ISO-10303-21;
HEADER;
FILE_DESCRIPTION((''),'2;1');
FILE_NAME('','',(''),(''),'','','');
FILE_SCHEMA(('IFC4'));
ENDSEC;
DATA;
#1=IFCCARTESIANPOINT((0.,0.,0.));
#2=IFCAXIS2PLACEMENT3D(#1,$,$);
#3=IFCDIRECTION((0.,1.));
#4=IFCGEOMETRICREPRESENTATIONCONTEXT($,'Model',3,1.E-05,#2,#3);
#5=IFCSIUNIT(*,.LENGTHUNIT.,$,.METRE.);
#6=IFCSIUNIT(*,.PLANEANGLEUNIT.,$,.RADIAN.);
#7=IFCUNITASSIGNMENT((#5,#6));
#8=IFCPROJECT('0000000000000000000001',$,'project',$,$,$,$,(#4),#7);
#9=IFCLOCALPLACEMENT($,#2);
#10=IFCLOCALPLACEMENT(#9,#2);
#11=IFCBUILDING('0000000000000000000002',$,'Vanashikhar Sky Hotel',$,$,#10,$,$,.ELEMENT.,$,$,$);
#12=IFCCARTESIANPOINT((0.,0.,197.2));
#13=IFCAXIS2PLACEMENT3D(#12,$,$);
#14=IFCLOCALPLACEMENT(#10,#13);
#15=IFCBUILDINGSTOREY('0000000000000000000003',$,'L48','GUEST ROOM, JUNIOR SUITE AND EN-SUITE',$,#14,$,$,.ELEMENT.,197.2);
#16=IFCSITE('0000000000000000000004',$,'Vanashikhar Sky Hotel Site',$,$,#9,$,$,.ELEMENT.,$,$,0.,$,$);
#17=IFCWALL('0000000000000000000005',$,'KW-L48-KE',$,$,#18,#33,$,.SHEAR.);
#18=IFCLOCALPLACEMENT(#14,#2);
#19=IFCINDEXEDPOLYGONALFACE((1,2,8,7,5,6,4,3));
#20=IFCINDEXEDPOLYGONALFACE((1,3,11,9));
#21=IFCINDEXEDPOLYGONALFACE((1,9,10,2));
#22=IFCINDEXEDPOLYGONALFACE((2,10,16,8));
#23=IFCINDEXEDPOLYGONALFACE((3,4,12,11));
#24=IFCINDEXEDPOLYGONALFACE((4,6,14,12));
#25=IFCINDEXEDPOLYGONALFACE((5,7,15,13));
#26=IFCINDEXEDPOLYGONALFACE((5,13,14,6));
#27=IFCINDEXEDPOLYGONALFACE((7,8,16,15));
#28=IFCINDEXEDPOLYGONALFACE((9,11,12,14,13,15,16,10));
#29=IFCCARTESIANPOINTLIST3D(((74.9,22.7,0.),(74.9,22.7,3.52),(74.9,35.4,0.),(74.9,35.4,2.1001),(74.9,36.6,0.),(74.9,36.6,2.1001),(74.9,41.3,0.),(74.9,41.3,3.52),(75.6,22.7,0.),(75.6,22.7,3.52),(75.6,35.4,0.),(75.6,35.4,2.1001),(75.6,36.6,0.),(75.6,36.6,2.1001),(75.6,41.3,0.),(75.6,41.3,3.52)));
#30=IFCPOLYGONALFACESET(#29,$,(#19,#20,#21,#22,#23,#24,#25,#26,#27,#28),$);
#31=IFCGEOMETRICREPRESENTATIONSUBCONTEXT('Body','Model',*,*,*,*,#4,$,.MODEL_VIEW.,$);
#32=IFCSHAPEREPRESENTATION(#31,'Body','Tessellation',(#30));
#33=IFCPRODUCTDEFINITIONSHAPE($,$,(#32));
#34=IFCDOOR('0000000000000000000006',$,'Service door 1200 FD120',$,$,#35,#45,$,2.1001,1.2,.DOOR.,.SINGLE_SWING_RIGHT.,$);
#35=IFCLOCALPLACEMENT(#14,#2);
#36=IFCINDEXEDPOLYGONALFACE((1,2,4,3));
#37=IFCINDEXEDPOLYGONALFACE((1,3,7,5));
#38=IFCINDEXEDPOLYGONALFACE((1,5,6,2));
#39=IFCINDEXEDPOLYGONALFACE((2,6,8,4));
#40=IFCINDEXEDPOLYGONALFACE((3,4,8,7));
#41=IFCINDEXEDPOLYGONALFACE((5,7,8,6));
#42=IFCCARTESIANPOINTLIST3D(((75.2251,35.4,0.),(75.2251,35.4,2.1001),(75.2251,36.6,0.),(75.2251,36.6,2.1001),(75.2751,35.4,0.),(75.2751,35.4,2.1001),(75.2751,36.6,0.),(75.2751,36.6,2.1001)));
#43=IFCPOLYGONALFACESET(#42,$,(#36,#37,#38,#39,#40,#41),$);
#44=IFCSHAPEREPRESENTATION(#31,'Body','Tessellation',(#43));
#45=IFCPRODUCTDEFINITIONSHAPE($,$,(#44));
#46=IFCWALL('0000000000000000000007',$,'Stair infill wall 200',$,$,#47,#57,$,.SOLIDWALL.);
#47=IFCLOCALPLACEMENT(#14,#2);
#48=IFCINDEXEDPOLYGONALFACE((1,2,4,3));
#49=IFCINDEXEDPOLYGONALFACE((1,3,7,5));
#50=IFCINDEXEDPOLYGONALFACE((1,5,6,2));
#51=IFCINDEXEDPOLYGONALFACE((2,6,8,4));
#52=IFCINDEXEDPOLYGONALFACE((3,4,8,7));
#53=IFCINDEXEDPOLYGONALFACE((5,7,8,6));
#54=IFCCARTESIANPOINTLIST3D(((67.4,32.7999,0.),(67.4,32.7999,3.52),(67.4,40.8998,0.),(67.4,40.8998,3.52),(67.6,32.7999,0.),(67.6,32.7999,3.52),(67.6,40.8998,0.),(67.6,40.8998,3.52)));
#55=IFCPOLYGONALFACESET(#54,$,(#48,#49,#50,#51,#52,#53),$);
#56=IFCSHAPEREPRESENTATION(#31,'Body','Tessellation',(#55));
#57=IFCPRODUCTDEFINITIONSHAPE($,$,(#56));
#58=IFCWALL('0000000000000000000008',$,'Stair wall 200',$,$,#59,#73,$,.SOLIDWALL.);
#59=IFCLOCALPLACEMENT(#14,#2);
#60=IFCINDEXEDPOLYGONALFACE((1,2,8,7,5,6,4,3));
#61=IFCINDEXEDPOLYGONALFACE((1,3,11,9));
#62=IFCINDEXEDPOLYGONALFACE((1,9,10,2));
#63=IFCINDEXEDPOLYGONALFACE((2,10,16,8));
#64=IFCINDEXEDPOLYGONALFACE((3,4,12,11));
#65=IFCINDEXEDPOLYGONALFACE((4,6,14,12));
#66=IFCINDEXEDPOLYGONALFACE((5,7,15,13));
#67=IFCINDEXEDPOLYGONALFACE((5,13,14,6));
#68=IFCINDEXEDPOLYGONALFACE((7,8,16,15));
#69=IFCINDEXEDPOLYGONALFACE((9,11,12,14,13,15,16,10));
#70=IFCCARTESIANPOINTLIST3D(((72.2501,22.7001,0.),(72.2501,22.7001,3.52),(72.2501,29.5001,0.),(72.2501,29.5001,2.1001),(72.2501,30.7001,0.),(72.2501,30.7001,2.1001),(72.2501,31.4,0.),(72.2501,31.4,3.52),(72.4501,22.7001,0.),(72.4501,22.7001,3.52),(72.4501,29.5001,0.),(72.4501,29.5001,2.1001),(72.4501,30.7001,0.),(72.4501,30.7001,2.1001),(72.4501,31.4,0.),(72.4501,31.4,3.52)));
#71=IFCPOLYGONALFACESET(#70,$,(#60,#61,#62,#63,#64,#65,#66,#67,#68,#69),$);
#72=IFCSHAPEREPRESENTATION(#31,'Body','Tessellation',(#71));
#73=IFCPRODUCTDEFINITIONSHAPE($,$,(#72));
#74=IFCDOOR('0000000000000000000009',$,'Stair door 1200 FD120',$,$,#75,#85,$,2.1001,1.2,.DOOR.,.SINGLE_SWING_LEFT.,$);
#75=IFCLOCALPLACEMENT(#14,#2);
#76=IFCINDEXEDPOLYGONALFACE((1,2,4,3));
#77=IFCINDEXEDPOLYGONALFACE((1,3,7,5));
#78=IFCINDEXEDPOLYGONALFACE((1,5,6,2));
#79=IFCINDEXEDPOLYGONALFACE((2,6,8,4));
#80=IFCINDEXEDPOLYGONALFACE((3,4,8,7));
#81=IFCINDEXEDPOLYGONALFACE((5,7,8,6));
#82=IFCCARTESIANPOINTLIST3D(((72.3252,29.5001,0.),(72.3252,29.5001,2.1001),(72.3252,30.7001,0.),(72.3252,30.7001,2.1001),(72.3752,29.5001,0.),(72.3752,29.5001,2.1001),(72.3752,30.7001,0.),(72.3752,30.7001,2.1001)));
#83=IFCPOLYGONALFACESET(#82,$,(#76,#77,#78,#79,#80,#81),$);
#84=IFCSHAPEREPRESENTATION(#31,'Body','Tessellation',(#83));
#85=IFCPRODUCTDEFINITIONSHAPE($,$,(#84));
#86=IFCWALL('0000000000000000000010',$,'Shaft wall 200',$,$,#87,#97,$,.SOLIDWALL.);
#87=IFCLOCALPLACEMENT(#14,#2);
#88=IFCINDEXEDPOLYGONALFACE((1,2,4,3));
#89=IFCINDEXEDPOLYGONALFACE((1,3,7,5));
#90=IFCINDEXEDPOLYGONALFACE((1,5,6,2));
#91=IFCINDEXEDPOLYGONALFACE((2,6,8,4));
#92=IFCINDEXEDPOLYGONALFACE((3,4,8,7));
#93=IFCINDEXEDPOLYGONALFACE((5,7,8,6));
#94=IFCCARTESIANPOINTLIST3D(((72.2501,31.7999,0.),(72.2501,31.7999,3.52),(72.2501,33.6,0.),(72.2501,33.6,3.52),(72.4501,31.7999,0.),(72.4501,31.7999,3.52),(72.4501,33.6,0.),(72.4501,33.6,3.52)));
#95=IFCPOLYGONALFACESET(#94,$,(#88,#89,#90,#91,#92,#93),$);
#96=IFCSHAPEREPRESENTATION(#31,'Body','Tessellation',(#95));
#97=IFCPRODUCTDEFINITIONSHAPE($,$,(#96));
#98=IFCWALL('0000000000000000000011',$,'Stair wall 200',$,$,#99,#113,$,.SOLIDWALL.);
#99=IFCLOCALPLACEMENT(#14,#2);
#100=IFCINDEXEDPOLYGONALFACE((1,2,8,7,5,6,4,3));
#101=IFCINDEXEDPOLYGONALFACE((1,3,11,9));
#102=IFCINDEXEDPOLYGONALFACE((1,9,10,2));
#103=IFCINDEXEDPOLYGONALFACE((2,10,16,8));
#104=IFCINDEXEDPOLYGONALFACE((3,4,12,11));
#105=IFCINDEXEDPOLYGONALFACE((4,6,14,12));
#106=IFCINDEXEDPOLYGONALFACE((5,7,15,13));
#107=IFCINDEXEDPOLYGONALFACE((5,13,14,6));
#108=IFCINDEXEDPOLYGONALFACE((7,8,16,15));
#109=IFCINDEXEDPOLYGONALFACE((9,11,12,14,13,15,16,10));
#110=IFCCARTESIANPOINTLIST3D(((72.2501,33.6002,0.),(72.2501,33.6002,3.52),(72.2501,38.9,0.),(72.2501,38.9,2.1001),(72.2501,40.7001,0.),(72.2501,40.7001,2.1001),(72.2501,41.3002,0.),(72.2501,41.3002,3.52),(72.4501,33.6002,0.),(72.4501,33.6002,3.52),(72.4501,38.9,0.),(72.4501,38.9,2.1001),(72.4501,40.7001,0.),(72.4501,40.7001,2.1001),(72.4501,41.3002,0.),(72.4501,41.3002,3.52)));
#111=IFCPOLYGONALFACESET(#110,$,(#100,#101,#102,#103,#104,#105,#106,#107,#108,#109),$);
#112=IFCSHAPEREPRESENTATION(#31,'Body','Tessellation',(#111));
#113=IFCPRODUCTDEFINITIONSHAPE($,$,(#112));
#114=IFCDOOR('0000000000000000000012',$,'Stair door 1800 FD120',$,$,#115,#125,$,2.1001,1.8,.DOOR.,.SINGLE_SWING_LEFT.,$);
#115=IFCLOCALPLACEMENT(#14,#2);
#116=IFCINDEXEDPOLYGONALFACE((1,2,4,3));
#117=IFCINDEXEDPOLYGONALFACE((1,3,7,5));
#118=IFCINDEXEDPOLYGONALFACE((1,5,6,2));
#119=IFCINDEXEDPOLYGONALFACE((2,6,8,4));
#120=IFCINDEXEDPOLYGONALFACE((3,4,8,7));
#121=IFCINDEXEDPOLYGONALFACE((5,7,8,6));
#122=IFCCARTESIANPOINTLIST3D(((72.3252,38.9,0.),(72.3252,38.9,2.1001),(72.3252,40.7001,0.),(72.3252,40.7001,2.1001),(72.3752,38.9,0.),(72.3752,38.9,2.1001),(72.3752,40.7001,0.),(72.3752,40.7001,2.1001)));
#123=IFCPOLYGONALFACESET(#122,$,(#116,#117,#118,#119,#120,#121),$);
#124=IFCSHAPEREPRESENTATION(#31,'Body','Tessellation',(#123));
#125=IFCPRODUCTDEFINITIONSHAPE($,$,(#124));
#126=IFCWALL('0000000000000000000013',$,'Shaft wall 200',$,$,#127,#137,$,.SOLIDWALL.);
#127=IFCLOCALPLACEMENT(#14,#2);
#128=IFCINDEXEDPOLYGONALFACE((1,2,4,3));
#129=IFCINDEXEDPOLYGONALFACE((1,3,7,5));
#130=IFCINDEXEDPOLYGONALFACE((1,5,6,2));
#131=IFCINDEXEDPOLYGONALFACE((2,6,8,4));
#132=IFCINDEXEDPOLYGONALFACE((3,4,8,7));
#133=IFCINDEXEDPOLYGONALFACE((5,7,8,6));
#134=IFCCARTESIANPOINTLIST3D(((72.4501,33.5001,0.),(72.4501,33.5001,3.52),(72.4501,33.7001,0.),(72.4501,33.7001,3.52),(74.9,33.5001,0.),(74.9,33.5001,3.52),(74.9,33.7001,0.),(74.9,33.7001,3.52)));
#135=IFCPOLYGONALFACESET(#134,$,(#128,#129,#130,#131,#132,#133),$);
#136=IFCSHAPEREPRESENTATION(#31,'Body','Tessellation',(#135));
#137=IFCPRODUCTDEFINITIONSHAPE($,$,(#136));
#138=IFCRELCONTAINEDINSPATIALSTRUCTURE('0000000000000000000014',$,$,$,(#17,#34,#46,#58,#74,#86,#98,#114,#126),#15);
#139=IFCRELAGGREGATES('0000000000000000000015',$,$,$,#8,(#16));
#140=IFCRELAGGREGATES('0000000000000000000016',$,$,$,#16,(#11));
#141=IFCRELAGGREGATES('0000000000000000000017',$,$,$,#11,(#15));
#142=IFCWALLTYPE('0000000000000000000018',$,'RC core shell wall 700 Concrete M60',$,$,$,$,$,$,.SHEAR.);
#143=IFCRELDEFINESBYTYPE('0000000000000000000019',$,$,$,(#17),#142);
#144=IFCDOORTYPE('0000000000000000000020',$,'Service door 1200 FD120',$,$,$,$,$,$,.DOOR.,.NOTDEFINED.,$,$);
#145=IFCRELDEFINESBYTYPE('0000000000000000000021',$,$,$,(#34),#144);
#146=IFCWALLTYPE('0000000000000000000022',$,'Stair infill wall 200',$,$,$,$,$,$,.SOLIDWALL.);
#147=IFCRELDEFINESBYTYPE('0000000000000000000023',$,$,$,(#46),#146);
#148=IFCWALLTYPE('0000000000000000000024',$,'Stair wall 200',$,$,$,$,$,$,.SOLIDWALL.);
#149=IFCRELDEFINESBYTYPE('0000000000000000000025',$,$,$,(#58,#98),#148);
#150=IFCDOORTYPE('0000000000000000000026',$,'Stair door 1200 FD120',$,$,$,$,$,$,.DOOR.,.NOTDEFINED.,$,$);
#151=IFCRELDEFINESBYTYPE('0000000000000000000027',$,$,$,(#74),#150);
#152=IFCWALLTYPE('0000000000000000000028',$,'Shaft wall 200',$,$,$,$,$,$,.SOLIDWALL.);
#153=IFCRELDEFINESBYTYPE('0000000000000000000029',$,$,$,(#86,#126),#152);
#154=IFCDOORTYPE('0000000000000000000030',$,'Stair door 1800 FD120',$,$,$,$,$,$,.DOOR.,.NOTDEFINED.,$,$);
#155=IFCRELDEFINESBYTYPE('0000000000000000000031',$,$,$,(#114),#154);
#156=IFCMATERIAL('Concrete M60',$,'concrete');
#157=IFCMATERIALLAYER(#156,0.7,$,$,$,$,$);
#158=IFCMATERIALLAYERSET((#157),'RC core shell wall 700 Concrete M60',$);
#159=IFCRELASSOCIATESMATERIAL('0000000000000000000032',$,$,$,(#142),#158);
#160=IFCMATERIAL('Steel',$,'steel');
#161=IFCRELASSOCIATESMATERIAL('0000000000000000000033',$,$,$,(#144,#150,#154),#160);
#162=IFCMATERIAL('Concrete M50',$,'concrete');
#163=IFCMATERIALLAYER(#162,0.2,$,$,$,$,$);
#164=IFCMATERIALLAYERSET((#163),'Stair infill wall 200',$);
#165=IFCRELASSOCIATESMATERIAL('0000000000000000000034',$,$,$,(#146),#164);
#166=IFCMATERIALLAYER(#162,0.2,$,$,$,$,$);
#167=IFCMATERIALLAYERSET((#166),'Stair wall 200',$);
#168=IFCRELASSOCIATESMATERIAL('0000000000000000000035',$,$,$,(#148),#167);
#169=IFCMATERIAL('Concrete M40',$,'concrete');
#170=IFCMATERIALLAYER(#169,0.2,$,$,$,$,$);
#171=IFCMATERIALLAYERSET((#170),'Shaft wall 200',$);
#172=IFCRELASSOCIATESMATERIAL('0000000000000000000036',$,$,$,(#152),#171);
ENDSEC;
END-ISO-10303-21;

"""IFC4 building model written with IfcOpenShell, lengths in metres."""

from ifc_helpers import new_model, si_unit, direction, frame, frame_2d, origin, place, context, subcontext, project, spatial, rectangle, extrude, source, transform, mapped, material, layer, layer_set, type_object, element, fill, save


model = new_model("IFC4")

# Units and contexts
model_context = context("Model", 3, precision=1e-05, world=origin(), true_north=direction((0.0, 1.0)))
body_context = subcontext(model_context, "Body", "Model", "MODEL_VIEW")
ifc_project = project(units=[si_unit("LENGTHUNIT", "METRE"), si_unit("PLANEANGLEUNIT", "RADIAN")], contexts=[model_context])

# Site, building, storey
site_placement = place(None, origin())
site = spatial("IfcSite", under=ifc_project, at=site_placement, Name="Vanashikhar Sky Hotel Site", CompositionType="ELEMENT", RefElevation=0.0)
building_placement = place(site_placement, origin())
building = spatial("IfcBuilding", under=site, at=building_placement, Name="Vanashikhar Sky Hotel", CompositionType="ELEMENT")
storey_placement = place(building_placement, frame((0.0, 0.0, 197.2)))
storey = spatial("IfcBuildingStorey", under=building, at=storey_placement, Name="L48", Description="GUEST ROOM, JUNIOR SUITE AND EN-SUITE", CompositionType="ELEMENT", Elevation=197.2)

# Wall, opening, door
ifc_material_1 = material(Name="Concrete M60", Category="concrete")
ifc_layer_1 = layer(ifc_material_1, 0.7)
ifc_layer_set_1 = layer_set([ifc_layer_1], Name="RC core shell wall 700 Concrete M60")
wall_type_1 = type_object("IfcWallType", Name="RC core shell wall 700 Concrete M60", PredefinedType="SHEAR", material=ifc_layer_set_1)
shared_shape_1 = source(origin(), body_context, "Body", "SweptSolid", [
    extrude(rectangle(XDim=18.6001, YDim=0.7, at=frame_2d((9.3, 0.0))), origin(), (0.0, 0.0, 1.0), 3.52),
])
wall_1_placement = place(storey_placement, frame((75.25, 22.7, 0.0), z_axis=(0.0, 0.0, 1.0), x_axis=(0.0, 1.0, 0.0)))
wall_1 = element("IfcWall", 1, at=wall_1_placement, inside=storey, type_object=wall_type_1, Name="KW-L48-KE", PredefinedType="SHEAR", context=body_context, shape_type="MappedRepresentation", body=[
    mapped(shared_shape_1, transform((0.0, 0.0, 0.0), scale=1.0)),
])
shared_shape_2 = source(origin(), body_context, "Body", "SweptSolid", [
    extrude(rectangle(XDim=1.2, YDim=2.1001, at=frame_2d((0.6001, 1.05))), frame((0.0, 0.3599, 0.0), z_axis=(0.0, -1.0, 0.0), x_axis=(1.0, 0.0, 0.0)), (0.0, 0.0, 1.0), 0.72),
])
opening_1_placement = place(wall_1_placement, frame((12.7, 0.0, 0.0)))
opening_1 = element("IfcOpeningElement", 2, at=opening_1_placement, cuts=wall_1, PredefinedType="OPENING", context=body_context, shape_type="MappedRepresentation", body=[
    mapped(shared_shape_2, transform((0.0, 0.0, 0.0), scale=1.0)),
])
ifc_material_2 = material(Name="Steel", Category="steel")
door_type_1 = type_object("IfcDoorType", Name="Service door 1200 FD120", OperationType="NOTDEFINED", PredefinedType="DOOR", material=ifc_material_2)
shared_shape_3 = source(origin(), body_context, "Body", "SweptSolid", [
    extrude(rectangle(XDim=1.2, YDim=2.1001, at=frame_2d((0.6001, 1.05))), frame((0.0, 0.0249, 0.0), z_axis=(0.0, -1.0, 0.0), x_axis=(1.0, 0.0, 0.0)), (0.0, 0.0, 1.0), 0.05),
])
door_1_placement = place(opening_1_placement, origin())
door_1 = element("IfcDoor", 3, at=door_1_placement, inside=storey, type_object=door_type_1, Name="Service door 1200 FD120", OperationType="SINGLE_SWING_RIGHT", OverallHeight=2.1001, OverallWidth=1.2, PredefinedType="DOOR", context=body_context, shape_type="MappedRepresentation", body=[
    mapped(shared_shape_3, transform((0.0, 0.0, 0.0), scale=1.0)),
])
fill(opening_1, door_1)

# Wall
ifc_material_3 = material(Name="Concrete M50", Category="concrete")
ifc_layer_2 = layer(ifc_material_3, 0.2)
ifc_layer_set_2 = layer_set([ifc_layer_2], Name="Stair infill wall 200")
wall_type_2 = type_object("IfcWallType", Name="Stair infill wall 200", PredefinedType="SOLIDWALL", material=ifc_layer_set_2)
shared_shape_4 = source(origin(), body_context, "Body", "SweptSolid", [
    extrude(rectangle(XDim=8.0999, YDim=0.2, at=frame_2d((4.0498, 0.0))), origin(), (0.0, 0.0, 1.0), 3.52),
])
wall_2_placement = place(storey_placement, frame((67.5, 32.8, 0.0), z_axis=(0.0, 0.0, 1.0), x_axis=(0.0, 1.0, 0.0)))
element("IfcWall", 4, at=wall_2_placement, inside=storey, type_object=wall_type_2, Name="Stair infill wall 200", PredefinedType="SOLIDWALL", context=body_context, shape_type="MappedRepresentation", body=[
    mapped(shared_shape_4, transform((0.0, 0.0, 0.0), scale=1.0)),
])

# Wall, opening, door
ifc_layer_3 = layer(ifc_material_3, 0.2)
ifc_layer_set_3 = layer_set([ifc_layer_3], Name="Stair wall 200")
wall_type_3 = type_object("IfcWallType", Name="Stair wall 200", PredefinedType="SOLIDWALL", material=ifc_layer_set_3)
shared_shape_5 = source(origin(), body_context, "Body", "SweptSolid", [
    extrude(rectangle(XDim=8.7, YDim=0.2, at=frame_2d((4.3501, 0.0))), origin(), (0.0, 0.0, 1.0), 3.52),
])
wall_3_placement = place(storey_placement, frame((72.3501, 22.7, 0.0), z_axis=(0.0, 0.0, 1.0), x_axis=(0.0, 1.0, 0.0)))
wall_3 = element("IfcWall", 5, at=wall_3_placement, inside=storey, type_object=wall_type_3, Name="Stair wall 200", PredefinedType="SOLIDWALL", context=body_context, shape_type="MappedRepresentation", body=[
    mapped(shared_shape_5, transform((0.0, 0.0, 0.0), scale=1.0)),
])
shared_shape_6 = source(origin(), body_context, "Body", "SweptSolid", [
    extrude(rectangle(XDim=1.2, YDim=2.1001, at=frame_2d((0.6001, 1.05))), frame((0.0, 0.1099, 0.0), z_axis=(0.0, -1.0, 0.0), x_axis=(1.0, 0.0, 0.0)), (0.0, 0.0, 1.0), 0.22),
])
opening_2_placement = place(wall_3_placement, frame((6.8, 0.0, 0.0)))
opening_2 = element("IfcOpeningElement", 6, at=opening_2_placement, cuts=wall_3, PredefinedType="OPENING", context=body_context, shape_type="MappedRepresentation", body=[
    mapped(shared_shape_6, transform((0.0, 0.0, 0.0), scale=1.0)),
])
door_type_2 = type_object("IfcDoorType", Name="Stair door 1200 FD120", OperationType="NOTDEFINED", PredefinedType="DOOR", material=ifc_material_2)
door_2_placement = place(opening_2_placement, origin())
door_2 = element("IfcDoor", 7, at=door_2_placement, inside=storey, type_object=door_type_2, Name="Stair door 1200 FD120", OperationType="SINGLE_SWING_LEFT", OverallHeight=2.1001, OverallWidth=1.2, PredefinedType="DOOR", context=body_context, shape_type="MappedRepresentation", body=[
    mapped(shared_shape_3, transform((0.0, 0.0, 0.0), scale=1.0)),
])
fill(opening_2, door_2)

# Wall
ifc_material_4 = material(Name="Concrete M40", Category="concrete")
ifc_layer_4 = layer(ifc_material_4, 0.2)
ifc_layer_set_4 = layer_set([ifc_layer_4], Name="Shaft wall 200")
wall_type_4 = type_object("IfcWallType", Name="Shaft wall 200", PredefinedType="SOLIDWALL", material=ifc_layer_set_4)
shared_shape_7 = source(origin(), body_context, "Body", "SweptSolid", [
    extrude(rectangle(XDim=1.8, YDim=0.2, at=frame_2d((0.8999, 0.0))), origin(), (0.0, 0.0, 1.0), 3.52),
])
wall_4_placement = place(storey_placement, frame((72.3501, 31.8, 0.0), z_axis=(0.0, 0.0, 1.0), x_axis=(0.0, 1.0, 0.0)))
element("IfcWall", 8, at=wall_4_placement, inside=storey, type_object=wall_type_4, Name="Shaft wall 200", PredefinedType="SOLIDWALL", context=body_context, shape_type="MappedRepresentation", body=[
    mapped(shared_shape_7, transform((0.0, 0.0, 0.0), scale=1.0)),
])

# Wall, opening, door
shared_shape_8 = source(origin(), body_context, "Body", "SweptSolid", [
    extrude(rectangle(XDim=7.7, YDim=0.2, at=frame_2d((3.8501, 0.0))), origin(), (0.0, 0.0, 1.0), 3.52),
])
wall_5_placement = place(storey_placement, frame((72.3501, 33.6001, 0.0), z_axis=(0.0, 0.0, 1.0), x_axis=(0.0, 1.0, 0.0)))
wall_5 = element("IfcWall", 9, at=wall_5_placement, inside=storey, type_object=wall_type_3, Name="Stair wall 200", PredefinedType="SOLIDWALL", context=body_context, shape_type="MappedRepresentation", body=[
    mapped(shared_shape_8, transform((0.0, 0.0, 0.0), scale=1.0)),
])
shared_shape_9 = source(origin(), body_context, "Body", "SweptSolid", [
    extrude(rectangle(XDim=1.8, YDim=2.1001, at=frame_2d((0.8999, 1.05))), frame((0.0, 0.1099, 0.0), z_axis=(0.0, -1.0, 0.0), x_axis=(1.0, 0.0, 0.0)), (0.0, 0.0, 1.0), 0.22),
])
opening_3_placement = place(wall_5_placement, frame((5.3, 0.0, 0.0)))
opening_3 = element("IfcOpeningElement", 10, at=opening_3_placement, cuts=wall_5, PredefinedType="OPENING", context=body_context, shape_type="MappedRepresentation", body=[
    mapped(shared_shape_9, transform((0.0, 0.0, 0.0), scale=1.0)),
])
door_type_3 = type_object("IfcDoorType", Name="Stair door 1800 FD120", OperationType="NOTDEFINED", PredefinedType="DOOR", material=ifc_material_2)
shared_shape_10 = source(origin(), body_context, "Body", "SweptSolid", [
    extrude(rectangle(XDim=1.8, YDim=2.1001, at=frame_2d((0.8999, 1.05))), frame((0.0, 0.0249, 0.0), z_axis=(0.0, -1.0, 0.0), x_axis=(1.0, 0.0, 0.0)), (0.0, 0.0, 1.0), 0.05),
])
door_3_placement = place(opening_3_placement, origin())
door_3 = element("IfcDoor", 11, at=door_3_placement, inside=storey, type_object=door_type_3, Name="Stair door 1800 FD120", OperationType="SINGLE_SWING_LEFT", OverallHeight=2.1001, OverallWidth=1.8, PredefinedType="DOOR", context=body_context, shape_type="MappedRepresentation", body=[
    mapped(shared_shape_10, transform((0.0, 0.0, 0.0), scale=1.0)),
])
fill(opening_3, door_3)

# Wall
shared_shape_11 = source(origin(), body_context, "Body", "SweptSolid", [
    extrude(rectangle(XDim=2.45, YDim=0.2, at=frame_2d((1.2251, 0.0))), origin(), (0.0, 0.0, 1.0), 3.52),
])
wall_6_placement = place(storey_placement, frame((72.45, 33.6001, 0.0), z_axis=(0.0, 0.0, 1.0), x_axis=(1.0, 0.0, 0.0)))
element("IfcWall", 12, at=wall_6_placement, inside=storey, type_object=wall_type_4, Name="Shaft wall 200", PredefinedType="SOLIDWALL", context=body_context, shape_type="MappedRepresentation", body=[
    mapped(shared_shape_11, transform((0.0, 0.0, 0.0), scale=1.0)),
])

save(model, "model.ifc")
